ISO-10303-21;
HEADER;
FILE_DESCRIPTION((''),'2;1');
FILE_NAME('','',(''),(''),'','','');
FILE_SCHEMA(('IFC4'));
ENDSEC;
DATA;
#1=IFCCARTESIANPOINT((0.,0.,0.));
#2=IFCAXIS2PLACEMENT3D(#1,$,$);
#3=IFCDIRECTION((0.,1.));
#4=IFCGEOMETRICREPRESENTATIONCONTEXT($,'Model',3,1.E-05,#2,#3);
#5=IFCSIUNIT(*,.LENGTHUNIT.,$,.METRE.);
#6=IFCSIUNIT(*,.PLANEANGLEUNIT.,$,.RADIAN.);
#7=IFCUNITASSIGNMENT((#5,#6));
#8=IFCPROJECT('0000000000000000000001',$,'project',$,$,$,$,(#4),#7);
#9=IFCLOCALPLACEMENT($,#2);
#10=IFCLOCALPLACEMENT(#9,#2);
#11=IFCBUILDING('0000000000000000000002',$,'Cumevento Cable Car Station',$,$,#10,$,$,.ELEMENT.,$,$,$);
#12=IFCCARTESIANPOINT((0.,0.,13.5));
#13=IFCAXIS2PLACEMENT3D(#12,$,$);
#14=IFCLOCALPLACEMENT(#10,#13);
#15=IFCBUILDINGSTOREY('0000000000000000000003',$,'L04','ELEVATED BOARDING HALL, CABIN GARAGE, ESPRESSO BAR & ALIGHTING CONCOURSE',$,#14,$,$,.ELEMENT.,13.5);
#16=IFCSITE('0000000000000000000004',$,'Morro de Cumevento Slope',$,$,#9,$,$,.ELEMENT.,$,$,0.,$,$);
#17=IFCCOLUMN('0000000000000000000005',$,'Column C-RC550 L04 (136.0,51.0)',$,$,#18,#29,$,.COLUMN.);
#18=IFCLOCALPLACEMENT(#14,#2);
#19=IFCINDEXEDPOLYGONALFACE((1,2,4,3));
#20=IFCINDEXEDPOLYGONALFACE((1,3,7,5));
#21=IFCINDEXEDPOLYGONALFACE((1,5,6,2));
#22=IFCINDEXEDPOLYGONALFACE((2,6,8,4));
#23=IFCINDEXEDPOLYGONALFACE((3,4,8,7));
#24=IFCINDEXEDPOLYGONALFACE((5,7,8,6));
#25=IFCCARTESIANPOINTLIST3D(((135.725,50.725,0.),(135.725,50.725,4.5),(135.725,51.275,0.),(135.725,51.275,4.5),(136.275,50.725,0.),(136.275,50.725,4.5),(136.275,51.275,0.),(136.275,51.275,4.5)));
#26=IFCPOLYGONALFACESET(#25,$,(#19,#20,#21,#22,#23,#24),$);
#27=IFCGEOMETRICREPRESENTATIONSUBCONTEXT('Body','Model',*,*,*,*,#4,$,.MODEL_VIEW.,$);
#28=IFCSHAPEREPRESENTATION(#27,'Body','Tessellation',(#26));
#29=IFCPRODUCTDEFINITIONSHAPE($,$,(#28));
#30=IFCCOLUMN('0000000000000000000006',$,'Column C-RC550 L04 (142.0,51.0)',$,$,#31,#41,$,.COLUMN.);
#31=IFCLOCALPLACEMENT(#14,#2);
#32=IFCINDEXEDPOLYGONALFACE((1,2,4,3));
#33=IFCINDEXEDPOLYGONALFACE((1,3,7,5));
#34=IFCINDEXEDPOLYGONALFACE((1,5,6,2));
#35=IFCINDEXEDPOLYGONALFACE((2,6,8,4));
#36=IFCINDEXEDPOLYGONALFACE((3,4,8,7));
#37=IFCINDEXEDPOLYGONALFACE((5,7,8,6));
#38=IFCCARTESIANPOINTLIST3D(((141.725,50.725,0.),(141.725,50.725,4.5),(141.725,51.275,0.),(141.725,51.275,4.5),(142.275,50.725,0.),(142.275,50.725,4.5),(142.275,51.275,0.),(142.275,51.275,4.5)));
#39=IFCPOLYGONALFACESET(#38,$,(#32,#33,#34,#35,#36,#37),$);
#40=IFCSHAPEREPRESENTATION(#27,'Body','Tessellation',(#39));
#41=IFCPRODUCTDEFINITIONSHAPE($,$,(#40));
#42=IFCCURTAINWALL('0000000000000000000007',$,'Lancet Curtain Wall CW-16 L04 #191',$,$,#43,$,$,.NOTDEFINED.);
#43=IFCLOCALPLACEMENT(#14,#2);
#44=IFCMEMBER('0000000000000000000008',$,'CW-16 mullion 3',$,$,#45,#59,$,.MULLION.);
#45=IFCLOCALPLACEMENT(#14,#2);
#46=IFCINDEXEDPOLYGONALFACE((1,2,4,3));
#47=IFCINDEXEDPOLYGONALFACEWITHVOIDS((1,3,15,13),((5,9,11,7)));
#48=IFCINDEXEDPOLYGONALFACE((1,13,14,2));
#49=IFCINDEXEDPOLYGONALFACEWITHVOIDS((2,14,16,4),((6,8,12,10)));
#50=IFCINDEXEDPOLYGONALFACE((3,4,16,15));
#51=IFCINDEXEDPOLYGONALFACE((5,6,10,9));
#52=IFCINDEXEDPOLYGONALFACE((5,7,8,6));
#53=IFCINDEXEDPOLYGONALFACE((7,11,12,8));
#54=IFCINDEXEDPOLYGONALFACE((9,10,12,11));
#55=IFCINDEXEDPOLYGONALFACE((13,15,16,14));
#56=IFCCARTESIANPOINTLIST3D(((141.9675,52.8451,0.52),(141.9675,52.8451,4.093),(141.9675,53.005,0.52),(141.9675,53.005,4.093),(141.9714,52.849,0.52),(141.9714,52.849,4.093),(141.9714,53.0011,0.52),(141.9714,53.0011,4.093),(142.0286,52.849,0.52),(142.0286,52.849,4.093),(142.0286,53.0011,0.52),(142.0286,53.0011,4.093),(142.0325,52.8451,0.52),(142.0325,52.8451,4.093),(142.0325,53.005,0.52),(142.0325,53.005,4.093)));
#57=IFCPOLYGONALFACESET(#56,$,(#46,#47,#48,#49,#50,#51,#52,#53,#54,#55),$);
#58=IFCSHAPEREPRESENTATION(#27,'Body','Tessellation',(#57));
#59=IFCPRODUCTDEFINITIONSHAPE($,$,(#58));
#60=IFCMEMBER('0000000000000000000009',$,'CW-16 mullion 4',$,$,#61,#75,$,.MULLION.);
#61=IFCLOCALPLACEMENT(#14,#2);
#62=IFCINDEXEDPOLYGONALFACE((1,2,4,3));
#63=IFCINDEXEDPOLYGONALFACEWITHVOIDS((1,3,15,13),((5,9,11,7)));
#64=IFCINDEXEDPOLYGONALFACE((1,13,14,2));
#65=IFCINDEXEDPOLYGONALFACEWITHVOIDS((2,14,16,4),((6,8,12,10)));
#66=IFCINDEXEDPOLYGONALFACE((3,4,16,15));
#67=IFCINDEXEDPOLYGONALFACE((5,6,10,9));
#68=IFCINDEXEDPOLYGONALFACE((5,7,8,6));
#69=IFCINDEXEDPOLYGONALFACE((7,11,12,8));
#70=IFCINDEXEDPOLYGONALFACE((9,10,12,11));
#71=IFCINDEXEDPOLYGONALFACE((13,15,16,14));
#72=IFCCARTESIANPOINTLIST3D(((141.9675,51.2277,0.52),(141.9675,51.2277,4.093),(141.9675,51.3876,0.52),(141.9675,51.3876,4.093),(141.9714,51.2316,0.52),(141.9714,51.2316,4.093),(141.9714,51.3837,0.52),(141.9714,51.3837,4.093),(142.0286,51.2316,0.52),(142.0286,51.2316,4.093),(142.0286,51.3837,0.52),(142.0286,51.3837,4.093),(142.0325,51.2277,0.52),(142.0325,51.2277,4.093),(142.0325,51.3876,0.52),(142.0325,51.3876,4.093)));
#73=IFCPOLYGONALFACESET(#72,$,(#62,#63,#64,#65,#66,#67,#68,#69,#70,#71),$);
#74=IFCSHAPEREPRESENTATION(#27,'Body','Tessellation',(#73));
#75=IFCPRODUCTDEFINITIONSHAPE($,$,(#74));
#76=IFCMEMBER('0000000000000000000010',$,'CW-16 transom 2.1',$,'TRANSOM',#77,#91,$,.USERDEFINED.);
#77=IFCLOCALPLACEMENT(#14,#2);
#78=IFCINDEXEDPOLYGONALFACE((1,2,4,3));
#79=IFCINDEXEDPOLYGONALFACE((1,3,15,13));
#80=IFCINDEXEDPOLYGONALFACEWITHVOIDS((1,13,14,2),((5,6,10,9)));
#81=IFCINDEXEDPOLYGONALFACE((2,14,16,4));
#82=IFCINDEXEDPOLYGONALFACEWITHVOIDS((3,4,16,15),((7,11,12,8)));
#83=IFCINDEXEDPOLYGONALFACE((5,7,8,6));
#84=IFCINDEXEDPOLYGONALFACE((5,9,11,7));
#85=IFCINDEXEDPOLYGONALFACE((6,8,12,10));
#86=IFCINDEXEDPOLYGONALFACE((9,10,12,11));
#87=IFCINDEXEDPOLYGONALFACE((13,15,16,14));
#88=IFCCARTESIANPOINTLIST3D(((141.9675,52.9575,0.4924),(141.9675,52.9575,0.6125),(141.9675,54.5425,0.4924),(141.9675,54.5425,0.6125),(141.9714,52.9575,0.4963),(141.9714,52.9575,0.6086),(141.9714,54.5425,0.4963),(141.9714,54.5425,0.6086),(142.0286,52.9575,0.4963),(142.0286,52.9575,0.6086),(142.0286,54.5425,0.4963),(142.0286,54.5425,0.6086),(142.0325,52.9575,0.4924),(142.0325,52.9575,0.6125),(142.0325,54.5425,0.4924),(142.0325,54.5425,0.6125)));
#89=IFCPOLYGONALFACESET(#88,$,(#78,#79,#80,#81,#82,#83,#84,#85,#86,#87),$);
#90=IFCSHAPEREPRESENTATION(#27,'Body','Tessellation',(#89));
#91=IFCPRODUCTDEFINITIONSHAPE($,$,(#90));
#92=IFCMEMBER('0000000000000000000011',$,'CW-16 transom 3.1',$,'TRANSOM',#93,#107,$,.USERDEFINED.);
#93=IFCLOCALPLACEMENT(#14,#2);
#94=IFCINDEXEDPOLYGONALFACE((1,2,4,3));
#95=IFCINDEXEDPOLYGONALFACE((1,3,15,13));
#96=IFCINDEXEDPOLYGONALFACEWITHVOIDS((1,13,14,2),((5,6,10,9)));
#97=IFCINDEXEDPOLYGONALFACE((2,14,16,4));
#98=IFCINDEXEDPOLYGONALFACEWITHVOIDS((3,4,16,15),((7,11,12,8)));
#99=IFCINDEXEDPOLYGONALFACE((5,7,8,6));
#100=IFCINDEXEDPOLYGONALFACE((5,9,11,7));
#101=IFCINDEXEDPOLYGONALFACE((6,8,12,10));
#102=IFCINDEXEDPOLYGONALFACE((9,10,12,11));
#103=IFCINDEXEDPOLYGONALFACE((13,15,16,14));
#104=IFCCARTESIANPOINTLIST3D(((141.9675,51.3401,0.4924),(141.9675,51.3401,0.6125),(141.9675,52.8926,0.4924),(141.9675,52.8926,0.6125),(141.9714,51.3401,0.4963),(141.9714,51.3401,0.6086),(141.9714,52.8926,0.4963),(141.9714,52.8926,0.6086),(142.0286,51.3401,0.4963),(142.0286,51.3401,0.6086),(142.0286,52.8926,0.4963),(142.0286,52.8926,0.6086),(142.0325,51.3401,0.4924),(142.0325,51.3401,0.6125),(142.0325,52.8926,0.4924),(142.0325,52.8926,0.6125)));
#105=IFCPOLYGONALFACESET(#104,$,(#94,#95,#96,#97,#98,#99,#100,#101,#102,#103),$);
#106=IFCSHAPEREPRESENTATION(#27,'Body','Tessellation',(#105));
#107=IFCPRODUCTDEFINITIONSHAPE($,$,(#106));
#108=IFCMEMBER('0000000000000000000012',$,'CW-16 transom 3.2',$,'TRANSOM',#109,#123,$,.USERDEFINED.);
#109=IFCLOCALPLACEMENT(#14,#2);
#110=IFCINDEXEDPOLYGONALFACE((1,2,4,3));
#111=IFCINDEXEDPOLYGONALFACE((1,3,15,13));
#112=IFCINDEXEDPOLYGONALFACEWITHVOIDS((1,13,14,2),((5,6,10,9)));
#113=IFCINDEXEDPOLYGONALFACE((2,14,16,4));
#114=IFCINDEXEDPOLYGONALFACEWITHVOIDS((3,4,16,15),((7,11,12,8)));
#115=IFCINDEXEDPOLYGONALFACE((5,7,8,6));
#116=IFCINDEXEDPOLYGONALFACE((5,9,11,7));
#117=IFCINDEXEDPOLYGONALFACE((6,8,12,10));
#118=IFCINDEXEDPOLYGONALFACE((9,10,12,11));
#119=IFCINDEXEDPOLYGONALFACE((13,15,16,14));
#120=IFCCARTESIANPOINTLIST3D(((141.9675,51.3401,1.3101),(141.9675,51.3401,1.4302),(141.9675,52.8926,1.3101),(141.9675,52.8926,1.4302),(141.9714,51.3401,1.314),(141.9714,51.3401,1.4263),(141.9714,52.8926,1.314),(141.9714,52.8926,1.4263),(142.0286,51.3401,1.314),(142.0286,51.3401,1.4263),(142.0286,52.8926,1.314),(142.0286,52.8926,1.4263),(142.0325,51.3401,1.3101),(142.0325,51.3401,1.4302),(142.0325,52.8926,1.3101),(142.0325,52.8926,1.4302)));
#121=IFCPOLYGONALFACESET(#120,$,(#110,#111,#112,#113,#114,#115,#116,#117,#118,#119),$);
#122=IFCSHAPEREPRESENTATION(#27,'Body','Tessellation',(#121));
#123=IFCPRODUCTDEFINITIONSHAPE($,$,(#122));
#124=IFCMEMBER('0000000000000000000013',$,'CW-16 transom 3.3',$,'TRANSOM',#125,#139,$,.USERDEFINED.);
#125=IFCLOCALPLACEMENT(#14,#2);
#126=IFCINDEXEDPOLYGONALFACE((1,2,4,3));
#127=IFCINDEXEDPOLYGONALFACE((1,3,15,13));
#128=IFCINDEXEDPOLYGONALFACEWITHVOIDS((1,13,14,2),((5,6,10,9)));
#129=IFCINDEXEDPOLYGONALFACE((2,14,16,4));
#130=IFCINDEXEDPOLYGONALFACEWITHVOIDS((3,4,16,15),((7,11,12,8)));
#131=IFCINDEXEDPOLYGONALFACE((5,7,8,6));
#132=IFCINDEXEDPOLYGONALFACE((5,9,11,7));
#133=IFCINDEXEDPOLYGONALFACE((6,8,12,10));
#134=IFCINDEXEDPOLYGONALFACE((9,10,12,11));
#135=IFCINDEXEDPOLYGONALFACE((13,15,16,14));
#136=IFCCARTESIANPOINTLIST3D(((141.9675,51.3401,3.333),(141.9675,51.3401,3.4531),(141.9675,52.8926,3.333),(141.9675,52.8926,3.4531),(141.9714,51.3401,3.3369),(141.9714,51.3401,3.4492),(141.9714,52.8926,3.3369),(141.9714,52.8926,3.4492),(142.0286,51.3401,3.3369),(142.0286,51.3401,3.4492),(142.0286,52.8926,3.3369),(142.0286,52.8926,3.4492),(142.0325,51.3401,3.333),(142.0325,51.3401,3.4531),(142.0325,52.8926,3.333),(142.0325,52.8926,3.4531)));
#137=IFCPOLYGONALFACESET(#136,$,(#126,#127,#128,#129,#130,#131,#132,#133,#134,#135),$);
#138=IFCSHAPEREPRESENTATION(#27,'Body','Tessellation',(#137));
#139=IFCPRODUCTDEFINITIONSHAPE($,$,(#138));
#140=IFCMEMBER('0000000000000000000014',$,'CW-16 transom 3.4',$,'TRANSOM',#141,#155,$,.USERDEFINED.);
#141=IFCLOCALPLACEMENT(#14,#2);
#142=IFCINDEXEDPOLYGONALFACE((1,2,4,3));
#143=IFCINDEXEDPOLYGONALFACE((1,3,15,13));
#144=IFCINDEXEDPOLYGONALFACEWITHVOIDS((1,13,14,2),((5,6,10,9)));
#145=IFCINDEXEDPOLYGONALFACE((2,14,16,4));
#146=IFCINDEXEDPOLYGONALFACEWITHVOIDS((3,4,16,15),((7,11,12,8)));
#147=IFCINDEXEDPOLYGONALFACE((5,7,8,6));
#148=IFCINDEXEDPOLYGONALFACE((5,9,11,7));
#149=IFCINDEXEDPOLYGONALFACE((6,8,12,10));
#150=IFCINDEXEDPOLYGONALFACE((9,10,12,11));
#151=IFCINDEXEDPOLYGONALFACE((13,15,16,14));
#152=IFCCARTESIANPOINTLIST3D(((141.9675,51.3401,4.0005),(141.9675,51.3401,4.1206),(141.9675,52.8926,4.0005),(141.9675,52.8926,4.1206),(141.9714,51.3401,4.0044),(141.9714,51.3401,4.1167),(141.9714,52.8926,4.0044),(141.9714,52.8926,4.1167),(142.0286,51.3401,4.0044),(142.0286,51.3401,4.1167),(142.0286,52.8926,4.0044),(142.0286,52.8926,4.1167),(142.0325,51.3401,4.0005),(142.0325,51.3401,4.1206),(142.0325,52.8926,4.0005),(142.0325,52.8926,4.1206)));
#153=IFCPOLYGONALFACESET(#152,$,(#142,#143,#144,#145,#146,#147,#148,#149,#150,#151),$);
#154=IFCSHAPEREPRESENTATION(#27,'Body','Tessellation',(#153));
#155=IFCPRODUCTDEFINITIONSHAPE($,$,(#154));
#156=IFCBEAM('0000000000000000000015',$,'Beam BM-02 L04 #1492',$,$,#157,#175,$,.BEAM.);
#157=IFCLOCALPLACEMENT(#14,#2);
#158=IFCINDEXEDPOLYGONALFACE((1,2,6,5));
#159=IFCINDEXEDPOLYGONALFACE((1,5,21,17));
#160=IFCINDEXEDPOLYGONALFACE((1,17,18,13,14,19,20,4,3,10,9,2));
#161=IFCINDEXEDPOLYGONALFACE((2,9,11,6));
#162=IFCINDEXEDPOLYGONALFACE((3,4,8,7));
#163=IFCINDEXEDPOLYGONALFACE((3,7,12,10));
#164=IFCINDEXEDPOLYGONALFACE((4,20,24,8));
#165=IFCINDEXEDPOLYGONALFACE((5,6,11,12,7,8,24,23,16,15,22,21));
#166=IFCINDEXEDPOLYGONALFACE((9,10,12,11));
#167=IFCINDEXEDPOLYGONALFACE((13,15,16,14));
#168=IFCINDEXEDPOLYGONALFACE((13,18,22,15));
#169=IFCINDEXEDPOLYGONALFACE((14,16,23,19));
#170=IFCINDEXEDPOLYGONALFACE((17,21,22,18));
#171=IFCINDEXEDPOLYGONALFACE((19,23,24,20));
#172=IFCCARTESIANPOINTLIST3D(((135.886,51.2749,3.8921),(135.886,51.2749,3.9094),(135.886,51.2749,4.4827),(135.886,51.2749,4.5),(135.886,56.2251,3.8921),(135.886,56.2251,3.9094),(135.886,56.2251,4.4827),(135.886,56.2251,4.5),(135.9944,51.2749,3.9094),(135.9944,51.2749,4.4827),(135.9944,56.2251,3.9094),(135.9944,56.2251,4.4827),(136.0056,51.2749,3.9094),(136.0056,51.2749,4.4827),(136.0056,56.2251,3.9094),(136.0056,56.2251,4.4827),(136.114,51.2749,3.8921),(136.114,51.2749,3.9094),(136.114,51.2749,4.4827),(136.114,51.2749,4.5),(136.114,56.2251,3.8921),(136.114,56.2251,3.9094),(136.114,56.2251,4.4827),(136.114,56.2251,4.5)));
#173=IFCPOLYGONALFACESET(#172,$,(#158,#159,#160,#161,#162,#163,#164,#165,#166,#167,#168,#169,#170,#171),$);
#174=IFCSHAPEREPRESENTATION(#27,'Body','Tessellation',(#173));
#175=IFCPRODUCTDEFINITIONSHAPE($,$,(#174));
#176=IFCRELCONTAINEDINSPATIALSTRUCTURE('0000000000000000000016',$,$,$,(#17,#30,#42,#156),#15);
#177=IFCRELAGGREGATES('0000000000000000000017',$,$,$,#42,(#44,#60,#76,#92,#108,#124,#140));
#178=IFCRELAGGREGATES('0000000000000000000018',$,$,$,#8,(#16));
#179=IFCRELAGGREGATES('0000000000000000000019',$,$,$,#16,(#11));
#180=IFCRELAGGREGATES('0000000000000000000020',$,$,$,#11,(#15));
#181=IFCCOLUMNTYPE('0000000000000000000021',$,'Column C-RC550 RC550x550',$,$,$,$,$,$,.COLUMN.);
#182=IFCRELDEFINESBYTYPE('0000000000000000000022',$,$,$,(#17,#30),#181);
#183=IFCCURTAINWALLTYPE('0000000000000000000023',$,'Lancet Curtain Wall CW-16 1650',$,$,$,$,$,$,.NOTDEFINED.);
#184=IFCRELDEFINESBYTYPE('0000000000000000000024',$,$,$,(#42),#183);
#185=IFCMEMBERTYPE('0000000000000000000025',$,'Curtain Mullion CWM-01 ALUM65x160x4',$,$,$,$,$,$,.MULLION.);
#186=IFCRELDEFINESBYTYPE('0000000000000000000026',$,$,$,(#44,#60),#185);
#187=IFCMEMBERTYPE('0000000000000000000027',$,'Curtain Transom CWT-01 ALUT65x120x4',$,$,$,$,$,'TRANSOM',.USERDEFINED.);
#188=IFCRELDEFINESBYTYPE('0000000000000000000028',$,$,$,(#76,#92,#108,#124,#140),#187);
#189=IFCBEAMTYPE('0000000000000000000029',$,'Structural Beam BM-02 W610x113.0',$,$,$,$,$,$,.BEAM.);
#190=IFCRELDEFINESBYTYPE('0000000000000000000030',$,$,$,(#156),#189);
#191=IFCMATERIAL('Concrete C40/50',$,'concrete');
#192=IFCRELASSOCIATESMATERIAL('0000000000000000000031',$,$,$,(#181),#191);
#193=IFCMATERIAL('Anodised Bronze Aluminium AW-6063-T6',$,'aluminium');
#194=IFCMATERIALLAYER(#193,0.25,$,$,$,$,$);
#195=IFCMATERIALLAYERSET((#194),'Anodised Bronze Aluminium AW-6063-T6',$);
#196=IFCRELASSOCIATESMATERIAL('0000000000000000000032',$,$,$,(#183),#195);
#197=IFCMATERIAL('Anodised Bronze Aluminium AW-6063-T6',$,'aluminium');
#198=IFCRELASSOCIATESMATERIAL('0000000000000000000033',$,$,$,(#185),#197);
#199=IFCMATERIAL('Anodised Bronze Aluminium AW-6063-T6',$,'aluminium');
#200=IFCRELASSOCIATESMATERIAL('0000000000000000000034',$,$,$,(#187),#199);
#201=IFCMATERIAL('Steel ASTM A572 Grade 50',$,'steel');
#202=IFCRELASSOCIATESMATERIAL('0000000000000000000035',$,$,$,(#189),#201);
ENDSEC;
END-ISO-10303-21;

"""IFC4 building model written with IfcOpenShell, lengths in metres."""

from ifc_helpers import new_model, si_unit, direction, frame, origin, origin_2d, place, context, subcontext, project, spatial, rectangle, hollow_rectangle, i_section, extrude, material, layer, layer_set, material_profile, profile_set, type_object, element, aggregate, save


model = new_model("IFC4")

# Units and contexts
model_context = context("Model", 3, precision=1e-05, world=origin(), true_north=direction((0.0, 1.0)))
body_context = subcontext(model_context, "Body", "Model", "MODEL_VIEW")
ifc_project = project(units=[si_unit("LENGTHUNIT", "METRE"), si_unit("PLANEANGLEUNIT", "RADIAN")], contexts=[model_context])

# Site, building, storey
site_placement = place(None, origin())
site = spatial("IfcSite", under=ifc_project, at=site_placement, Name="Morro de Cumevento Slope", CompositionType="ELEMENT", RefElevation=0.0)
building_placement = place(site_placement, origin())
building = spatial("IfcBuilding", under=site, at=building_placement, Name="Cumevento Cable Car Station", CompositionType="ELEMENT")
storey_placement = place(building_placement, frame((0.0, 0.0, 13.5)))
storey = spatial("IfcBuildingStorey", under=building, at=storey_placement, Name="L04", Description="ELEVATED BOARDING HALL, CABIN GARAGE, ESPRESSO BAR & ALIGHTING CONCOURSE", CompositionType="ELEMENT", Elevation=13.5)

# Columns
ifc_material_1 = material(Name="Concrete C40/50", Category="concrete")
ifc_material_profile_1 = material_profile(ifc_material_1, rectangle(XDim=0.55, YDim=0.55, at=origin_2d()), Name="RC550x550")
ifc_profile_set_1 = profile_set([ifc_material_profile_1], Name="Concrete C40/50")
column_type = type_object("IfcColumnType", Name="Column C-RC550 RC550x550", PredefinedType="COLUMN", material=ifc_profile_set_1)
for number, where, z_axis, x_axis, name in (
    (1, (136.0, 51.0, 0.0), (0.0, 0.0, 1.0), (1.0, 0.0, 0.0), "Column C-RC550 L04 (136.0,51.0)"),
    (2, (142.0, 51.0, 0.0), (0.0, 0.0, 1.0), (1.0, 0.0, 0.0), "Column C-RC550 L04 (142.0,51.0)"),
):
    element("IfcColumn", number, at=place(storey_placement, frame(where, z_axis=z_axis, x_axis=x_axis)), inside=storey, type_object=column_type, Name=name, PredefinedType="COLUMN", context=body_context, shape_type="SweptSolid", body=[
        extrude(rectangle(XDim=0.55, YDim=0.55, at=origin_2d()), origin(), (0.0, 0.0, 1.0), 4.5),
    ])

# Curtain wall, members
ifc_material_2 = material(Name="Anodised Bronze Aluminium AW-6063-T6", Category="aluminium")
ifc_layer_1 = layer(ifc_material_2, 0.25)
ifc_layer_set_1 = layer_set([ifc_layer_1], Name="Anodised Bronze Aluminium AW-6063-T6")
curtain_wall_type = type_object("IfcCurtainWallType", Name="Lancet Curtain Wall CW-16 1650", PredefinedType="NOTDEFINED", material=ifc_layer_set_1)
curtain_wall_placement = place(storey_placement, origin())
curtain_wall = element("IfcCurtainWall", 3, at=curtain_wall_placement, inside=storey, type_object=curtain_wall_type, Name="Lancet Curtain Wall CW-16 L04 #191", PredefinedType="NOTDEFINED")
ifc_material_3 = material(Name="Anodised Bronze Aluminium AW-6063-T6", Category="aluminium")
ifc_material_profile_2 = material_profile(ifc_material_3, hollow_rectangle(XDim=0.0649, YDim=0.1599, WallThickness=0.0039, at=origin_2d()), Name="ALUM65x160x4")
ifc_profile_set_2 = profile_set([ifc_material_profile_2], Name="Anodised Bronze Aluminium AW-6063-T6")
member_type_1 = type_object("IfcMemberType", Name="Curtain Mullion CWM-01 ALUM65x160x4", PredefinedType="MULLION", material=ifc_profile_set_2)
member_1_placement = place(storey_placement, frame((142.0, 52.925, 0.52), z_axis=(0.0, 0.0, 1.0), x_axis=(1.0, 0.0, 0.0)))
member_1 = element("IfcMember", 4, at=member_1_placement, type_object=member_type_1, Name="CW-16 mullion 3", PredefinedType="MULLION", context=body_context, shape_type="SweptSolid", body=[
    extrude(hollow_rectangle(XDim=0.0649, YDim=0.1599, WallThickness=0.0039, at=origin_2d()), origin(), (0.0, 0.0, 1.0), 3.573),
])
member_2_placement = place(storey_placement, frame((142.0, 51.3076, 0.52), z_axis=(0.0, 0.0, 1.0), x_axis=(1.0, 0.0, 0.0)))
member_2 = element("IfcMember", 5, at=member_2_placement, type_object=member_type_1, Name="CW-16 mullion 4", PredefinedType="MULLION", context=body_context, shape_type="SweptSolid", body=[
    extrude(hollow_rectangle(XDim=0.0649, YDim=0.1599, WallThickness=0.0039, at=origin_2d()), origin(), (0.0, 0.0, 1.0), 3.573),
])
ifc_material_4 = material(Name="Anodised Bronze Aluminium AW-6063-T6", Category="aluminium")
ifc_material_profile_3 = material_profile(ifc_material_4, hollow_rectangle(XDim=0.0649, YDim=0.1201, WallThickness=0.0039, at=origin_2d()), Name="ALUT65x120x4")
ifc_profile_set_3 = profile_set([ifc_material_profile_3], Name="Anodised Bronze Aluminium AW-6063-T6")
member_type_2 = type_object("IfcMemberType", Name="Curtain Transom CWT-01 ALUT65x120x4", ElementType="TRANSOM", PredefinedType="USERDEFINED", material=ifc_profile_set_3)
member_3_placement = place(storey_placement, frame((142.0, 54.5425, 0.5525), z_axis=(0.0, -1.0, 0.0), x_axis=(1.0, 0.0, 0.0)))
member_3 = element("IfcMember", 6, at=member_3_placement, type_object=member_type_2, Name="CW-16 transom 2.1", ObjectType="TRANSOM", PredefinedType="USERDEFINED", context=body_context, shape_type="SweptSolid", body=[
    extrude(hollow_rectangle(XDim=0.0649, YDim=0.1201, WallThickness=0.0039, at=origin_2d()), origin(), (0.0, 0.0, 1.0), 1.585),
])
member_4_placement = place(storey_placement, frame((142.0, 52.8926, 0.5525), z_axis=(0.0, -1.0, 0.0), x_axis=(1.0, 0.0, 0.0)))
member_4 = element("IfcMember", 7, at=member_4_placement, type_object=member_type_2, Name="CW-16 transom 3.1", ObjectType="TRANSOM", PredefinedType="USERDEFINED", context=body_context, shape_type="SweptSolid", body=[
    extrude(hollow_rectangle(XDim=0.0649, YDim=0.1201, WallThickness=0.0039, at=origin_2d()), origin(), (0.0, 0.0, 1.0), 1.5525),
])
member_5_placement = place(storey_placement, frame((142.0, 52.8926, 1.3701), z_axis=(0.0, -1.0, 0.0), x_axis=(1.0, 0.0, 0.0)))
member_5 = element("IfcMember", 8, at=member_5_placement, type_object=member_type_2, Name="CW-16 transom 3.2", ObjectType="TRANSOM", PredefinedType="USERDEFINED", context=body_context, shape_type="SweptSolid", body=[
    extrude(hollow_rectangle(XDim=0.0649, YDim=0.1201, WallThickness=0.0039, at=origin_2d()), origin(), (0.0, 0.0, 1.0), 1.5525),
])
member_6_placement = place(storey_placement, frame((142.0, 52.8926, 3.3931), z_axis=(0.0, -1.0, 0.0), x_axis=(1.0, 0.0, 0.0)))
member_6 = element("IfcMember", 9, at=member_6_placement, type_object=member_type_2, Name="CW-16 transom 3.3", ObjectType="TRANSOM", PredefinedType="USERDEFINED", context=body_context, shape_type="SweptSolid", body=[
    extrude(hollow_rectangle(XDim=0.0649, YDim=0.1201, WallThickness=0.0039, at=origin_2d()), origin(), (0.0, 0.0, 1.0), 1.5525),
])
member_7_placement = place(storey_placement, frame((142.0, 52.8926, 4.0605), z_axis=(0.0, -1.0, 0.0), x_axis=(1.0, 0.0, 0.0)))
member_7 = element("IfcMember", 10, at=member_7_placement, type_object=member_type_2, Name="CW-16 transom 3.4", ObjectType="TRANSOM", PredefinedType="USERDEFINED", context=body_context, shape_type="SweptSolid", body=[
    extrude(hollow_rectangle(XDim=0.0649, YDim=0.1201, WallThickness=0.0039, at=origin_2d()), origin(), (0.0, 0.0, 1.0), 1.5525),
])

# Beam
ifc_material_5 = material(Name="Steel ASTM A572 Grade 50", Category="steel")
ifc_material_profile_4 = material_profile(ifc_material_5, i_section(OverallWidth=0.228, OverallDepth=0.6079, WebThickness=0.0112, FlangeThickness=0.0173, at=origin_2d()), Name="W610x113.0")
ifc_profile_set_4 = profile_set([ifc_material_profile_4], Name="Steel ASTM A572 Grade 50")
beam_type_1 = type_object("IfcBeamType", Name="Structural Beam BM-02 W610x113.0", PredefinedType="BEAM", material=ifc_profile_set_4)
beam_1_placement = place(storey_placement, frame((136.0, 51.2749, 4.196), z_axis=(0.0, 1.0, 0.0), x_axis=(-1.0, 0.0, 0.0)))
element("IfcBeam", 11, at=beam_1_placement, inside=storey, type_object=beam_type_1, Name="Beam BM-02 L04 #1492", PredefinedType="BEAM", context=body_context, shape_type="SweptSolid", body=[
    extrude(i_section(OverallWidth=0.228, OverallDepth=0.6079, WebThickness=0.0112, FlangeThickness=0.0173, at=origin_2d()), origin(), (0.0, 0.0, 1.0), 4.9502),
])

aggregate(curtain_wall, [member_1, member_2, member_3, member_4, member_5, member_6, member_7])

save(model, "model.ifc")
